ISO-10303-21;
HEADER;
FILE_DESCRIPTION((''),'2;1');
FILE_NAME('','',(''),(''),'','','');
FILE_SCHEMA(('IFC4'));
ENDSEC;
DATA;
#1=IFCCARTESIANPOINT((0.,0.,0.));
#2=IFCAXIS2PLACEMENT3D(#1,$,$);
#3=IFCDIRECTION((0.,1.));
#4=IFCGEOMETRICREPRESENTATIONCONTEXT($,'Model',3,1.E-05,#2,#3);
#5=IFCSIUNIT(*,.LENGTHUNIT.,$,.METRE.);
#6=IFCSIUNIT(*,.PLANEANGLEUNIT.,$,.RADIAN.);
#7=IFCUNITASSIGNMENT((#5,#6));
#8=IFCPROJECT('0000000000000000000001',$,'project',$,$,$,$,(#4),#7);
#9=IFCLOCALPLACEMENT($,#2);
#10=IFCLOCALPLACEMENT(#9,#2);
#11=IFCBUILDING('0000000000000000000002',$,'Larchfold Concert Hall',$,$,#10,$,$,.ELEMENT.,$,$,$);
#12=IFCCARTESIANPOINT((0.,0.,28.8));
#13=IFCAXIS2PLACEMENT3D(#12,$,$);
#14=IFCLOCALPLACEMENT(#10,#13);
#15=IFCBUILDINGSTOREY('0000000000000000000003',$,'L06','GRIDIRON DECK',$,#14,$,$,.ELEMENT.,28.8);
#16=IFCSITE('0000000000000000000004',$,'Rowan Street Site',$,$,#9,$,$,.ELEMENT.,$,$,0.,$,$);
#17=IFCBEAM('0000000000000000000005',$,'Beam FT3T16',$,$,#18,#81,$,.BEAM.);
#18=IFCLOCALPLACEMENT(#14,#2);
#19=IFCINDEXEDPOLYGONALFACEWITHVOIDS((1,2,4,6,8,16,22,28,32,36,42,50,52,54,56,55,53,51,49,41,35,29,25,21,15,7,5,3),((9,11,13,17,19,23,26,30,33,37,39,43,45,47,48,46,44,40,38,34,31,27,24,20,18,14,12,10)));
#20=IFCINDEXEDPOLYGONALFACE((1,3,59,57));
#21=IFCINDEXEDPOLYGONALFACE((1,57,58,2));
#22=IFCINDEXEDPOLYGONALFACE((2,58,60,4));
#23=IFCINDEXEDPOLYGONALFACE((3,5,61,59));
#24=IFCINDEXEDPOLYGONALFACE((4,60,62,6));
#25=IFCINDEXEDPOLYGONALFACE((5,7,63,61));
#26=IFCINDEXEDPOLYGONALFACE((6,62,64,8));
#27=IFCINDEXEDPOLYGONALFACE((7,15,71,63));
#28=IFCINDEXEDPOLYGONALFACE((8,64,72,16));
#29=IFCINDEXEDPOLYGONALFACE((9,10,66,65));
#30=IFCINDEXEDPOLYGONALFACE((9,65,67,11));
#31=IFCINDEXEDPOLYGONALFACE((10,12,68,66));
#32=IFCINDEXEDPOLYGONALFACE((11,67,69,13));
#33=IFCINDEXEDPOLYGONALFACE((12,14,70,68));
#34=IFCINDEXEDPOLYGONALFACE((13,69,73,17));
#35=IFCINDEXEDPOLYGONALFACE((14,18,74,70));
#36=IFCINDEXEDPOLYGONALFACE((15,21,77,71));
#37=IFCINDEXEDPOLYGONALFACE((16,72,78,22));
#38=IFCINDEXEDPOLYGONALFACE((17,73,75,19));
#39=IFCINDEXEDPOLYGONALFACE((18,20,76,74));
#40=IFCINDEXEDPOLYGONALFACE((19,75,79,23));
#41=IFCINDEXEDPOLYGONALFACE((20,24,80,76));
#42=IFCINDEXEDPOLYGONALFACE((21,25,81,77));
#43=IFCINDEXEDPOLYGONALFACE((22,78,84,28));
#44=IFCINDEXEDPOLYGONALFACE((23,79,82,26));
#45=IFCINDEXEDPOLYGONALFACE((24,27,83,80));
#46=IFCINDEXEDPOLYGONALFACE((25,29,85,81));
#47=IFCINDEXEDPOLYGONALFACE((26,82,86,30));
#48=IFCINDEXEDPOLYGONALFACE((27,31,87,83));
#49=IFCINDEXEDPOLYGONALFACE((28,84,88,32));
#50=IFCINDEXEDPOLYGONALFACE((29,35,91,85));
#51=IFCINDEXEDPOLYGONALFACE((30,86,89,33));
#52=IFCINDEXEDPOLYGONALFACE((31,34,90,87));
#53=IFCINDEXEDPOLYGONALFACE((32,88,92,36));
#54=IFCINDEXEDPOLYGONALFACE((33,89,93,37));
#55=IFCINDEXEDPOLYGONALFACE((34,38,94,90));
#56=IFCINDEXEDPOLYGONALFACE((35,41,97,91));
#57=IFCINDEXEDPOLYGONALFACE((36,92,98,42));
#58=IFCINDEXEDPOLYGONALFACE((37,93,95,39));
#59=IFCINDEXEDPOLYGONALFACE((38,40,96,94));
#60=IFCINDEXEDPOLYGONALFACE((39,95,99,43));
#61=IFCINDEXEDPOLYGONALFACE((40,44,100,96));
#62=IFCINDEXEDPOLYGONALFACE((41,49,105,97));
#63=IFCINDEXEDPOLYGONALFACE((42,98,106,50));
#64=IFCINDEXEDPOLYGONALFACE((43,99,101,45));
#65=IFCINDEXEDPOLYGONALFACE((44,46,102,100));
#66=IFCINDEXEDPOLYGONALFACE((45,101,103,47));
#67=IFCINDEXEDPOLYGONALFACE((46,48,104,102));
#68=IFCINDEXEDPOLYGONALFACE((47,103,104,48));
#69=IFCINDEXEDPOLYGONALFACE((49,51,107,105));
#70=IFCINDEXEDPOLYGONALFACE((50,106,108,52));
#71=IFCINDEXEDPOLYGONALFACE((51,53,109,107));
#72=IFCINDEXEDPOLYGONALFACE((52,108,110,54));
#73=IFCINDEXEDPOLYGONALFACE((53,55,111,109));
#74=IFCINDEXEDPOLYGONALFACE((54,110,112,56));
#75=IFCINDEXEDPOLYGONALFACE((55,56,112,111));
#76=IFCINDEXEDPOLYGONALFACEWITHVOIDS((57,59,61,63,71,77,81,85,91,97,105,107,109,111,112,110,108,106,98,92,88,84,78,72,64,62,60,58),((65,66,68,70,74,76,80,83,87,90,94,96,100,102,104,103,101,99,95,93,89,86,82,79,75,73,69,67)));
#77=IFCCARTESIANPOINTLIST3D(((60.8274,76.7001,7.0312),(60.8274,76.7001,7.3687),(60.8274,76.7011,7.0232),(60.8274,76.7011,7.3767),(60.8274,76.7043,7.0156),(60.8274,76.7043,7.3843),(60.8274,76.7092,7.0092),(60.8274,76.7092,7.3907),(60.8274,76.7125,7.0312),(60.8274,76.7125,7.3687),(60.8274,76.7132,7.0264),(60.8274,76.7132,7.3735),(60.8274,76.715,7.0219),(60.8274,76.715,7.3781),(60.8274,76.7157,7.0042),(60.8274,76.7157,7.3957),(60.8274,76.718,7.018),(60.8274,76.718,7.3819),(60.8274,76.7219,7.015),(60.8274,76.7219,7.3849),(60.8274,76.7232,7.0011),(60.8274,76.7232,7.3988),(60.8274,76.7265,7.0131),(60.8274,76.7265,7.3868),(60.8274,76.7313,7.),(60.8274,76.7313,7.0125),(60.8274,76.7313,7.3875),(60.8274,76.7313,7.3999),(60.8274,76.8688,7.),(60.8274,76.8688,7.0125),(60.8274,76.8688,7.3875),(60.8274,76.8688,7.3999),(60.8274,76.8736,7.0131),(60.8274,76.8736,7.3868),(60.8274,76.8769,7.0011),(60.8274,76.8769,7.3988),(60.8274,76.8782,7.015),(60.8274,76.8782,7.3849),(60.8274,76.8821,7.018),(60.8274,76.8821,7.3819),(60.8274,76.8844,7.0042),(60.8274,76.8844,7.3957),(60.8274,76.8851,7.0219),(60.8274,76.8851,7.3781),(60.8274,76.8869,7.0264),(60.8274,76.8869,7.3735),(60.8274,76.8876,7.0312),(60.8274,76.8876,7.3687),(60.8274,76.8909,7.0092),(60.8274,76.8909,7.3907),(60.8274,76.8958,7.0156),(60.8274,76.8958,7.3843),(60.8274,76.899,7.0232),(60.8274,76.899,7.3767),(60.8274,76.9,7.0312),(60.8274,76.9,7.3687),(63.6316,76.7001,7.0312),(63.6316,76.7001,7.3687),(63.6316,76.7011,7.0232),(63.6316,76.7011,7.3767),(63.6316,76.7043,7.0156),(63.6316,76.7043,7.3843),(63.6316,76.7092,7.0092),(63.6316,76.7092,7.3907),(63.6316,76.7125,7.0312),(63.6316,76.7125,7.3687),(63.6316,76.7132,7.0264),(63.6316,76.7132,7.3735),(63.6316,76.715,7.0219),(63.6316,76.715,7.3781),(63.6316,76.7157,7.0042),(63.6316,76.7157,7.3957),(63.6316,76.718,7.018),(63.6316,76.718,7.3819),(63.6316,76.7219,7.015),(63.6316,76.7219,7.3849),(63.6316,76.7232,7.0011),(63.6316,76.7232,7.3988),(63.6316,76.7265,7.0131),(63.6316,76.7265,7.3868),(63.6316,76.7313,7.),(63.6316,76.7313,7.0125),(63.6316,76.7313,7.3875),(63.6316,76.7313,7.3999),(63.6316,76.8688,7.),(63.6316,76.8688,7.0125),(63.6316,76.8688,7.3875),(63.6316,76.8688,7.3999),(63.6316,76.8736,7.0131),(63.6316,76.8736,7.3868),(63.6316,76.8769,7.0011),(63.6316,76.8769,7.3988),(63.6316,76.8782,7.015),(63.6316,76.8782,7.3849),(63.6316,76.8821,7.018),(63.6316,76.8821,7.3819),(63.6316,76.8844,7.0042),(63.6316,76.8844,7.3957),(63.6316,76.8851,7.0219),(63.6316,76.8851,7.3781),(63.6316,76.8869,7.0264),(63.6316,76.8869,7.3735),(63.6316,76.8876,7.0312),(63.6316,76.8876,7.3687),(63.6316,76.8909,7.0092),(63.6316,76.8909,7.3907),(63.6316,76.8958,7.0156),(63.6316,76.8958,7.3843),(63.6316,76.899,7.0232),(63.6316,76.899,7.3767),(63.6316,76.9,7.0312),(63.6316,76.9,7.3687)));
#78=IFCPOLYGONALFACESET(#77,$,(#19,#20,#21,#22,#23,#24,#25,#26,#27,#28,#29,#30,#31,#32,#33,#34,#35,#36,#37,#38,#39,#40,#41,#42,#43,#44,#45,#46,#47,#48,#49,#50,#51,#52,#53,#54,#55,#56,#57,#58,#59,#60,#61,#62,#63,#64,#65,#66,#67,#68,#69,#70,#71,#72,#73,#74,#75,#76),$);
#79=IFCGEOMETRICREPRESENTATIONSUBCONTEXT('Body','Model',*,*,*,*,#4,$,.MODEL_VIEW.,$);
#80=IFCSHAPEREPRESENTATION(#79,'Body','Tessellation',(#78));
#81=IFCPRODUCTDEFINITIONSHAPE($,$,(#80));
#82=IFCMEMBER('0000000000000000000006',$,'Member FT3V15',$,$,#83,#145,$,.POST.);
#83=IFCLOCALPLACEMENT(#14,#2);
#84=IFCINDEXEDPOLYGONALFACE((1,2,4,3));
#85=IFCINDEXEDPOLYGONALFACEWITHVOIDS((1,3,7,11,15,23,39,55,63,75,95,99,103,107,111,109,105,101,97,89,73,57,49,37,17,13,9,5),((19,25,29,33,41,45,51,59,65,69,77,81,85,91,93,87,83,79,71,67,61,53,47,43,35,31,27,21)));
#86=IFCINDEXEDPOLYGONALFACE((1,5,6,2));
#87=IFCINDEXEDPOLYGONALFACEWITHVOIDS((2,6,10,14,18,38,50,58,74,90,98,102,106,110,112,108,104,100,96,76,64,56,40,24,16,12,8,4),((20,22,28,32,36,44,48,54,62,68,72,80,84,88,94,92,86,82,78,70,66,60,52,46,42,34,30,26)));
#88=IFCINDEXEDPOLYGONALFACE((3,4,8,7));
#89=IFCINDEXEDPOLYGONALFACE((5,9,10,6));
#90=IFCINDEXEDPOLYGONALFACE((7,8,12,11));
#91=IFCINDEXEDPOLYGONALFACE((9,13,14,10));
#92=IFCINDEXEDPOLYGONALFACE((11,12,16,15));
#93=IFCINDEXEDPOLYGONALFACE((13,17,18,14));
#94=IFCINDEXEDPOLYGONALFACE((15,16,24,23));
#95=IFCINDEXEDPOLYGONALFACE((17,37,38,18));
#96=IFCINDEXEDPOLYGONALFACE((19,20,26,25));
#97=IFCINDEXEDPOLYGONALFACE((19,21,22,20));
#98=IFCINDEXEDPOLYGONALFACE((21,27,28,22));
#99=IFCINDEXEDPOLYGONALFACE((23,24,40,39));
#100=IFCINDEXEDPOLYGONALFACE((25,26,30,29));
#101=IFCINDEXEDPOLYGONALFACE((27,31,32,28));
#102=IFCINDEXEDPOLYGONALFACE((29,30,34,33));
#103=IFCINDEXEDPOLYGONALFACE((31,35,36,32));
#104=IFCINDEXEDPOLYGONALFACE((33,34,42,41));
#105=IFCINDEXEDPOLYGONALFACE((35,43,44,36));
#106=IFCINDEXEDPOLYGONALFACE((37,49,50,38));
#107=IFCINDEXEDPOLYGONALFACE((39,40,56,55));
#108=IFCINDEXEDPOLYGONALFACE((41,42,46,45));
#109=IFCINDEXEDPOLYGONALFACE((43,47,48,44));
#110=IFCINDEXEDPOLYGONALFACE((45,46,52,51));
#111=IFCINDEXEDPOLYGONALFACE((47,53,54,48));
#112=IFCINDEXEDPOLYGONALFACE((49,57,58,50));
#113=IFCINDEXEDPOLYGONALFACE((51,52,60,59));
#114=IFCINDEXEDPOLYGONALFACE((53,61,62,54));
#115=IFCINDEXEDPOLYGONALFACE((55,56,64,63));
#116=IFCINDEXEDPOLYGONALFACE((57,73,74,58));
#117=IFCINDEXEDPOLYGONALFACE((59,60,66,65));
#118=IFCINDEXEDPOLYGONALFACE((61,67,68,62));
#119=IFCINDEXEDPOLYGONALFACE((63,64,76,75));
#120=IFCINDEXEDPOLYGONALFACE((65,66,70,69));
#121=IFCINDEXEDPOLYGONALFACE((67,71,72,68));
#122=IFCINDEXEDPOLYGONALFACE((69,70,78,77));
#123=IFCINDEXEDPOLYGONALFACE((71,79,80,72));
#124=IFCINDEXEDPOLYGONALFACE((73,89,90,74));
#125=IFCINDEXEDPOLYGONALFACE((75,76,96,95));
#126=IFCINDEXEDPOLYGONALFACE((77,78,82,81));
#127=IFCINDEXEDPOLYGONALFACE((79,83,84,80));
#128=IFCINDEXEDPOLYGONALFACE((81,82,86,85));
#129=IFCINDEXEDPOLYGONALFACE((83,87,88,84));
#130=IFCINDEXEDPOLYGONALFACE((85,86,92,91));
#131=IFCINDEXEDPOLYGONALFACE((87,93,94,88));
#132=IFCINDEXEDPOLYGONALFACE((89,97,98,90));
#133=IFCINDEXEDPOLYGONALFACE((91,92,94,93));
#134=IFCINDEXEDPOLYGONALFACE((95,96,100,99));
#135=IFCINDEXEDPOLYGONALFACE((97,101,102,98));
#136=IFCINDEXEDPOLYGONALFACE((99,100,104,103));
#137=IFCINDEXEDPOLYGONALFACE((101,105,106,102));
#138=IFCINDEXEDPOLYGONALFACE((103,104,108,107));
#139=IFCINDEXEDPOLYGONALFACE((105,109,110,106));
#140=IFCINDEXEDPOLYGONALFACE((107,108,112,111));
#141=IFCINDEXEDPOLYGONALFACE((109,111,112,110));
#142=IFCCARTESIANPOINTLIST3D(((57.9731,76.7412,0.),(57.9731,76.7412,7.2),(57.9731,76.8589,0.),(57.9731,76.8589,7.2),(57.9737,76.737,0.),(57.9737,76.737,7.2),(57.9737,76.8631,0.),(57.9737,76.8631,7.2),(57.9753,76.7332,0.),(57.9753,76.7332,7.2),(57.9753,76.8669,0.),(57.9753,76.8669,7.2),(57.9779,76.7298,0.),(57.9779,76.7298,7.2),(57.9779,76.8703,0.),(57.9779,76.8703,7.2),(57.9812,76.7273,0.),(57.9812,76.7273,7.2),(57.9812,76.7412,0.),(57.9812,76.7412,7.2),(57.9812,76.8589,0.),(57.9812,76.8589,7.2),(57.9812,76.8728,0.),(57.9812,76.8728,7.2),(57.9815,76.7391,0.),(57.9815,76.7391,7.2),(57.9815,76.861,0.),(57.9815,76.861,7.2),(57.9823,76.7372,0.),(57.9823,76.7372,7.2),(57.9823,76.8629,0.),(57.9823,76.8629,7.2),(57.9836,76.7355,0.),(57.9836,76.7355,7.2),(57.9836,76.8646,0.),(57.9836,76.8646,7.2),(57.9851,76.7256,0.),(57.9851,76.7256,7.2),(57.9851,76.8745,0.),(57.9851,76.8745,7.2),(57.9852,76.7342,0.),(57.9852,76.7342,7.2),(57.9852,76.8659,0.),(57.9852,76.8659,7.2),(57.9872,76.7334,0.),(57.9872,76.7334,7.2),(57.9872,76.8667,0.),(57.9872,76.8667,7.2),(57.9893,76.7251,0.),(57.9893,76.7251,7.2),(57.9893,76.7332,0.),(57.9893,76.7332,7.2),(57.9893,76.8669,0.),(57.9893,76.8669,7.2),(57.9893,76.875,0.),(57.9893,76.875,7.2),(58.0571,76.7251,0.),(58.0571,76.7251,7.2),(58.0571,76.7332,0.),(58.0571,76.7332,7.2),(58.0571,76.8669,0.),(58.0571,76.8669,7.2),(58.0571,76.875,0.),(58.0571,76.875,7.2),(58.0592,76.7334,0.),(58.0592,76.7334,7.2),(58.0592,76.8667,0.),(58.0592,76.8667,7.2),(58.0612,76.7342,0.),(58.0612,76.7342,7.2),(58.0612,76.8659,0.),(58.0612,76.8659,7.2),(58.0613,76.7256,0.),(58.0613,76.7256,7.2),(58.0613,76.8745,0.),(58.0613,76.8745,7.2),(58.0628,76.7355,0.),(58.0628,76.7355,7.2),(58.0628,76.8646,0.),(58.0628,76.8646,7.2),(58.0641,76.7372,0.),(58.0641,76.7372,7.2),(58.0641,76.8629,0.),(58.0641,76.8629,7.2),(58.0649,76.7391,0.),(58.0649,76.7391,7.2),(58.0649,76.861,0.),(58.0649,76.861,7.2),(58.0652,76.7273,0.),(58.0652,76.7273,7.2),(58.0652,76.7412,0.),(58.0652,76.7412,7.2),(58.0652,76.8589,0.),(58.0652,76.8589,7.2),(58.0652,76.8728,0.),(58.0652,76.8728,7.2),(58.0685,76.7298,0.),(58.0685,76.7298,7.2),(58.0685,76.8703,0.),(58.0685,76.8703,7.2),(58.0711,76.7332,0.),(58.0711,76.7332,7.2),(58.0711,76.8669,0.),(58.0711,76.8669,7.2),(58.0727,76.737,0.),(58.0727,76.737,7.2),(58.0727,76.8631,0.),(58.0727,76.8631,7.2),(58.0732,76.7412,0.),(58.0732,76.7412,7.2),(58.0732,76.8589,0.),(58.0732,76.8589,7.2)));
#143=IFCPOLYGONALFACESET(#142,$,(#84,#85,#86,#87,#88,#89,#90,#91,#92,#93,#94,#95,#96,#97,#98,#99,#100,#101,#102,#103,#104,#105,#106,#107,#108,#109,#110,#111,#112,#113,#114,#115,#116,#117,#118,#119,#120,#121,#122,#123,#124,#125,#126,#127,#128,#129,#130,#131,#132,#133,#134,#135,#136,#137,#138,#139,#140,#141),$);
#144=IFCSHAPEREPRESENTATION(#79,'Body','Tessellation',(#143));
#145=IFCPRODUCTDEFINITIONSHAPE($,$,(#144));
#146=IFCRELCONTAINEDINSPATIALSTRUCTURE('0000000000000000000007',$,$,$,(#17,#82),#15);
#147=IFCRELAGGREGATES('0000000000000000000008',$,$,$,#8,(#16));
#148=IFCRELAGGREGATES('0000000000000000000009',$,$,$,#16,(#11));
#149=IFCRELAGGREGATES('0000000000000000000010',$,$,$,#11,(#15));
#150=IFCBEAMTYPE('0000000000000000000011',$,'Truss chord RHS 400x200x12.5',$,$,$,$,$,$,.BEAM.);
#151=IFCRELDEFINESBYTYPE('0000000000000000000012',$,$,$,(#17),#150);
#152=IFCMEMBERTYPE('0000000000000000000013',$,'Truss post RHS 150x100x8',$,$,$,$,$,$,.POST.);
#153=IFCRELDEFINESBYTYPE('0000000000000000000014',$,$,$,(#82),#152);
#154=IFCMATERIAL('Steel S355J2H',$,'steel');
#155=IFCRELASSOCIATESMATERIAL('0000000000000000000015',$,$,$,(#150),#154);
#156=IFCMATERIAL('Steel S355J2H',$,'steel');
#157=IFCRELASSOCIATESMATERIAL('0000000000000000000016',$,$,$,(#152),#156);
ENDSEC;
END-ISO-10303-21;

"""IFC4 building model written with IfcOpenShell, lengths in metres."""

from ifc_helpers import new_model, si_unit, direction, frame, origin, origin_2d, place, context, subcontext, project, spatial, hollow_rectangle, extrude, material, material_profile, profile_set, type_object, element, save


model = new_model("IFC4")

# Units and contexts
model_context = context("Model", 3, precision=1e-05, world=origin(), true_north=direction((0.0, 1.0)))
body_context = subcontext(model_context, "Body", "Model", "MODEL_VIEW")
ifc_project = project(units=[si_unit("LENGTHUNIT", "METRE"), si_unit("PLANEANGLEUNIT", "RADIAN")], contexts=[model_context])

# Site, building, storey
site_placement = place(None, origin())
site = spatial("IfcSite", under=ifc_project, at=site_placement, Name="Rowan Street Site", CompositionType="ELEMENT", RefElevation=0.0)
building_placement = place(site_placement, origin())
building = spatial("IfcBuilding", under=site, at=building_placement, Name="Larchfold Concert Hall", CompositionType="ELEMENT")
storey_placement = place(building_placement, frame((0.0, 0.0, 28.8)))
storey = spatial("IfcBuildingStorey", under=building, at=storey_placement, Name="L06", Description="GRIDIRON DECK", CompositionType="ELEMENT", Elevation=28.8)

# Beam
ifc_material_1 = material(Name="Steel S355J2H", Category="steel")
ifc_material_profile_1 = material_profile(ifc_material_1, hollow_rectangle(XDim=0.2, YDim=0.3999, WallThickness=0.0125, InnerFilletRadius=0.0188, OuterFilletRadius=0.0312, at=origin_2d()))
ifc_profile_set_1 = profile_set([ifc_material_profile_1], Name="Steel S355J2H")
beam_type_1 = type_object("IfcBeamType", Name="Truss chord RHS 400x200x12.5", PredefinedType="BEAM", material=ifc_profile_set_1)
for number, where, z_axis, x_axis, name in (
    (1, (60.8274, 76.8, 7.2), (1.0, 0.0, 0.0), (0.0, 1.0, 0.0), "Beam FT3T16"),
):
    element("IfcBeam", number, at=place(storey_placement, frame(where, z_axis=z_axis, x_axis=x_axis)), inside=storey, type_object=beam_type_1, Name=name, PredefinedType="BEAM", context=body_context, shape_type="SweptSolid", body=[
        extrude(hollow_rectangle(XDim=0.2, YDim=0.3999, WallThickness=0.0125, InnerFilletRadius=0.0188, OuterFilletRadius=0.0312, at=origin_2d()), origin(), (0.0, 0.0, 1.0), 2.8042),
    ])

# Member
ifc_material_2 = material(Name="Steel S355J2H", Category="steel")
ifc_material_profile_2 = material_profile(ifc_material_2, hollow_rectangle(XDim=0.1001, YDim=0.1499, WallThickness=0.0081, InnerFilletRadius=0.0081, OuterFilletRadius=0.0161, at=origin_2d()))
ifc_profile_set_2 = profile_set([ifc_material_profile_2], Name="Steel S355J2H")
member_type_1 = type_object("IfcMemberType", Name="Truss post RHS 150x100x8", PredefinedType="POST", material=ifc_profile_set_2)
for number, where, z_axis, x_axis, name in (
    (2, (58.0232, 76.8, 7.2), (0.0, 0.0, -1.0), (1.0, 0.0, 0.0), "Member FT3V15"),
):
    element("IfcMember", number, at=place(storey_placement, frame(where, z_axis=z_axis, x_axis=x_axis)), inside=storey, type_object=member_type_1, Name=name, PredefinedType="POST", context=body_context, shape_type="SweptSolid", body=[
        extrude(hollow_rectangle(XDim=0.1001, YDim=0.1499, WallThickness=0.0081, InnerFilletRadius=0.0081, OuterFilletRadius=0.0161, at=origin_2d()), origin(), (0.0, 0.0, 1.0), 7.2),
    ])

save(model, "model.ifc")
